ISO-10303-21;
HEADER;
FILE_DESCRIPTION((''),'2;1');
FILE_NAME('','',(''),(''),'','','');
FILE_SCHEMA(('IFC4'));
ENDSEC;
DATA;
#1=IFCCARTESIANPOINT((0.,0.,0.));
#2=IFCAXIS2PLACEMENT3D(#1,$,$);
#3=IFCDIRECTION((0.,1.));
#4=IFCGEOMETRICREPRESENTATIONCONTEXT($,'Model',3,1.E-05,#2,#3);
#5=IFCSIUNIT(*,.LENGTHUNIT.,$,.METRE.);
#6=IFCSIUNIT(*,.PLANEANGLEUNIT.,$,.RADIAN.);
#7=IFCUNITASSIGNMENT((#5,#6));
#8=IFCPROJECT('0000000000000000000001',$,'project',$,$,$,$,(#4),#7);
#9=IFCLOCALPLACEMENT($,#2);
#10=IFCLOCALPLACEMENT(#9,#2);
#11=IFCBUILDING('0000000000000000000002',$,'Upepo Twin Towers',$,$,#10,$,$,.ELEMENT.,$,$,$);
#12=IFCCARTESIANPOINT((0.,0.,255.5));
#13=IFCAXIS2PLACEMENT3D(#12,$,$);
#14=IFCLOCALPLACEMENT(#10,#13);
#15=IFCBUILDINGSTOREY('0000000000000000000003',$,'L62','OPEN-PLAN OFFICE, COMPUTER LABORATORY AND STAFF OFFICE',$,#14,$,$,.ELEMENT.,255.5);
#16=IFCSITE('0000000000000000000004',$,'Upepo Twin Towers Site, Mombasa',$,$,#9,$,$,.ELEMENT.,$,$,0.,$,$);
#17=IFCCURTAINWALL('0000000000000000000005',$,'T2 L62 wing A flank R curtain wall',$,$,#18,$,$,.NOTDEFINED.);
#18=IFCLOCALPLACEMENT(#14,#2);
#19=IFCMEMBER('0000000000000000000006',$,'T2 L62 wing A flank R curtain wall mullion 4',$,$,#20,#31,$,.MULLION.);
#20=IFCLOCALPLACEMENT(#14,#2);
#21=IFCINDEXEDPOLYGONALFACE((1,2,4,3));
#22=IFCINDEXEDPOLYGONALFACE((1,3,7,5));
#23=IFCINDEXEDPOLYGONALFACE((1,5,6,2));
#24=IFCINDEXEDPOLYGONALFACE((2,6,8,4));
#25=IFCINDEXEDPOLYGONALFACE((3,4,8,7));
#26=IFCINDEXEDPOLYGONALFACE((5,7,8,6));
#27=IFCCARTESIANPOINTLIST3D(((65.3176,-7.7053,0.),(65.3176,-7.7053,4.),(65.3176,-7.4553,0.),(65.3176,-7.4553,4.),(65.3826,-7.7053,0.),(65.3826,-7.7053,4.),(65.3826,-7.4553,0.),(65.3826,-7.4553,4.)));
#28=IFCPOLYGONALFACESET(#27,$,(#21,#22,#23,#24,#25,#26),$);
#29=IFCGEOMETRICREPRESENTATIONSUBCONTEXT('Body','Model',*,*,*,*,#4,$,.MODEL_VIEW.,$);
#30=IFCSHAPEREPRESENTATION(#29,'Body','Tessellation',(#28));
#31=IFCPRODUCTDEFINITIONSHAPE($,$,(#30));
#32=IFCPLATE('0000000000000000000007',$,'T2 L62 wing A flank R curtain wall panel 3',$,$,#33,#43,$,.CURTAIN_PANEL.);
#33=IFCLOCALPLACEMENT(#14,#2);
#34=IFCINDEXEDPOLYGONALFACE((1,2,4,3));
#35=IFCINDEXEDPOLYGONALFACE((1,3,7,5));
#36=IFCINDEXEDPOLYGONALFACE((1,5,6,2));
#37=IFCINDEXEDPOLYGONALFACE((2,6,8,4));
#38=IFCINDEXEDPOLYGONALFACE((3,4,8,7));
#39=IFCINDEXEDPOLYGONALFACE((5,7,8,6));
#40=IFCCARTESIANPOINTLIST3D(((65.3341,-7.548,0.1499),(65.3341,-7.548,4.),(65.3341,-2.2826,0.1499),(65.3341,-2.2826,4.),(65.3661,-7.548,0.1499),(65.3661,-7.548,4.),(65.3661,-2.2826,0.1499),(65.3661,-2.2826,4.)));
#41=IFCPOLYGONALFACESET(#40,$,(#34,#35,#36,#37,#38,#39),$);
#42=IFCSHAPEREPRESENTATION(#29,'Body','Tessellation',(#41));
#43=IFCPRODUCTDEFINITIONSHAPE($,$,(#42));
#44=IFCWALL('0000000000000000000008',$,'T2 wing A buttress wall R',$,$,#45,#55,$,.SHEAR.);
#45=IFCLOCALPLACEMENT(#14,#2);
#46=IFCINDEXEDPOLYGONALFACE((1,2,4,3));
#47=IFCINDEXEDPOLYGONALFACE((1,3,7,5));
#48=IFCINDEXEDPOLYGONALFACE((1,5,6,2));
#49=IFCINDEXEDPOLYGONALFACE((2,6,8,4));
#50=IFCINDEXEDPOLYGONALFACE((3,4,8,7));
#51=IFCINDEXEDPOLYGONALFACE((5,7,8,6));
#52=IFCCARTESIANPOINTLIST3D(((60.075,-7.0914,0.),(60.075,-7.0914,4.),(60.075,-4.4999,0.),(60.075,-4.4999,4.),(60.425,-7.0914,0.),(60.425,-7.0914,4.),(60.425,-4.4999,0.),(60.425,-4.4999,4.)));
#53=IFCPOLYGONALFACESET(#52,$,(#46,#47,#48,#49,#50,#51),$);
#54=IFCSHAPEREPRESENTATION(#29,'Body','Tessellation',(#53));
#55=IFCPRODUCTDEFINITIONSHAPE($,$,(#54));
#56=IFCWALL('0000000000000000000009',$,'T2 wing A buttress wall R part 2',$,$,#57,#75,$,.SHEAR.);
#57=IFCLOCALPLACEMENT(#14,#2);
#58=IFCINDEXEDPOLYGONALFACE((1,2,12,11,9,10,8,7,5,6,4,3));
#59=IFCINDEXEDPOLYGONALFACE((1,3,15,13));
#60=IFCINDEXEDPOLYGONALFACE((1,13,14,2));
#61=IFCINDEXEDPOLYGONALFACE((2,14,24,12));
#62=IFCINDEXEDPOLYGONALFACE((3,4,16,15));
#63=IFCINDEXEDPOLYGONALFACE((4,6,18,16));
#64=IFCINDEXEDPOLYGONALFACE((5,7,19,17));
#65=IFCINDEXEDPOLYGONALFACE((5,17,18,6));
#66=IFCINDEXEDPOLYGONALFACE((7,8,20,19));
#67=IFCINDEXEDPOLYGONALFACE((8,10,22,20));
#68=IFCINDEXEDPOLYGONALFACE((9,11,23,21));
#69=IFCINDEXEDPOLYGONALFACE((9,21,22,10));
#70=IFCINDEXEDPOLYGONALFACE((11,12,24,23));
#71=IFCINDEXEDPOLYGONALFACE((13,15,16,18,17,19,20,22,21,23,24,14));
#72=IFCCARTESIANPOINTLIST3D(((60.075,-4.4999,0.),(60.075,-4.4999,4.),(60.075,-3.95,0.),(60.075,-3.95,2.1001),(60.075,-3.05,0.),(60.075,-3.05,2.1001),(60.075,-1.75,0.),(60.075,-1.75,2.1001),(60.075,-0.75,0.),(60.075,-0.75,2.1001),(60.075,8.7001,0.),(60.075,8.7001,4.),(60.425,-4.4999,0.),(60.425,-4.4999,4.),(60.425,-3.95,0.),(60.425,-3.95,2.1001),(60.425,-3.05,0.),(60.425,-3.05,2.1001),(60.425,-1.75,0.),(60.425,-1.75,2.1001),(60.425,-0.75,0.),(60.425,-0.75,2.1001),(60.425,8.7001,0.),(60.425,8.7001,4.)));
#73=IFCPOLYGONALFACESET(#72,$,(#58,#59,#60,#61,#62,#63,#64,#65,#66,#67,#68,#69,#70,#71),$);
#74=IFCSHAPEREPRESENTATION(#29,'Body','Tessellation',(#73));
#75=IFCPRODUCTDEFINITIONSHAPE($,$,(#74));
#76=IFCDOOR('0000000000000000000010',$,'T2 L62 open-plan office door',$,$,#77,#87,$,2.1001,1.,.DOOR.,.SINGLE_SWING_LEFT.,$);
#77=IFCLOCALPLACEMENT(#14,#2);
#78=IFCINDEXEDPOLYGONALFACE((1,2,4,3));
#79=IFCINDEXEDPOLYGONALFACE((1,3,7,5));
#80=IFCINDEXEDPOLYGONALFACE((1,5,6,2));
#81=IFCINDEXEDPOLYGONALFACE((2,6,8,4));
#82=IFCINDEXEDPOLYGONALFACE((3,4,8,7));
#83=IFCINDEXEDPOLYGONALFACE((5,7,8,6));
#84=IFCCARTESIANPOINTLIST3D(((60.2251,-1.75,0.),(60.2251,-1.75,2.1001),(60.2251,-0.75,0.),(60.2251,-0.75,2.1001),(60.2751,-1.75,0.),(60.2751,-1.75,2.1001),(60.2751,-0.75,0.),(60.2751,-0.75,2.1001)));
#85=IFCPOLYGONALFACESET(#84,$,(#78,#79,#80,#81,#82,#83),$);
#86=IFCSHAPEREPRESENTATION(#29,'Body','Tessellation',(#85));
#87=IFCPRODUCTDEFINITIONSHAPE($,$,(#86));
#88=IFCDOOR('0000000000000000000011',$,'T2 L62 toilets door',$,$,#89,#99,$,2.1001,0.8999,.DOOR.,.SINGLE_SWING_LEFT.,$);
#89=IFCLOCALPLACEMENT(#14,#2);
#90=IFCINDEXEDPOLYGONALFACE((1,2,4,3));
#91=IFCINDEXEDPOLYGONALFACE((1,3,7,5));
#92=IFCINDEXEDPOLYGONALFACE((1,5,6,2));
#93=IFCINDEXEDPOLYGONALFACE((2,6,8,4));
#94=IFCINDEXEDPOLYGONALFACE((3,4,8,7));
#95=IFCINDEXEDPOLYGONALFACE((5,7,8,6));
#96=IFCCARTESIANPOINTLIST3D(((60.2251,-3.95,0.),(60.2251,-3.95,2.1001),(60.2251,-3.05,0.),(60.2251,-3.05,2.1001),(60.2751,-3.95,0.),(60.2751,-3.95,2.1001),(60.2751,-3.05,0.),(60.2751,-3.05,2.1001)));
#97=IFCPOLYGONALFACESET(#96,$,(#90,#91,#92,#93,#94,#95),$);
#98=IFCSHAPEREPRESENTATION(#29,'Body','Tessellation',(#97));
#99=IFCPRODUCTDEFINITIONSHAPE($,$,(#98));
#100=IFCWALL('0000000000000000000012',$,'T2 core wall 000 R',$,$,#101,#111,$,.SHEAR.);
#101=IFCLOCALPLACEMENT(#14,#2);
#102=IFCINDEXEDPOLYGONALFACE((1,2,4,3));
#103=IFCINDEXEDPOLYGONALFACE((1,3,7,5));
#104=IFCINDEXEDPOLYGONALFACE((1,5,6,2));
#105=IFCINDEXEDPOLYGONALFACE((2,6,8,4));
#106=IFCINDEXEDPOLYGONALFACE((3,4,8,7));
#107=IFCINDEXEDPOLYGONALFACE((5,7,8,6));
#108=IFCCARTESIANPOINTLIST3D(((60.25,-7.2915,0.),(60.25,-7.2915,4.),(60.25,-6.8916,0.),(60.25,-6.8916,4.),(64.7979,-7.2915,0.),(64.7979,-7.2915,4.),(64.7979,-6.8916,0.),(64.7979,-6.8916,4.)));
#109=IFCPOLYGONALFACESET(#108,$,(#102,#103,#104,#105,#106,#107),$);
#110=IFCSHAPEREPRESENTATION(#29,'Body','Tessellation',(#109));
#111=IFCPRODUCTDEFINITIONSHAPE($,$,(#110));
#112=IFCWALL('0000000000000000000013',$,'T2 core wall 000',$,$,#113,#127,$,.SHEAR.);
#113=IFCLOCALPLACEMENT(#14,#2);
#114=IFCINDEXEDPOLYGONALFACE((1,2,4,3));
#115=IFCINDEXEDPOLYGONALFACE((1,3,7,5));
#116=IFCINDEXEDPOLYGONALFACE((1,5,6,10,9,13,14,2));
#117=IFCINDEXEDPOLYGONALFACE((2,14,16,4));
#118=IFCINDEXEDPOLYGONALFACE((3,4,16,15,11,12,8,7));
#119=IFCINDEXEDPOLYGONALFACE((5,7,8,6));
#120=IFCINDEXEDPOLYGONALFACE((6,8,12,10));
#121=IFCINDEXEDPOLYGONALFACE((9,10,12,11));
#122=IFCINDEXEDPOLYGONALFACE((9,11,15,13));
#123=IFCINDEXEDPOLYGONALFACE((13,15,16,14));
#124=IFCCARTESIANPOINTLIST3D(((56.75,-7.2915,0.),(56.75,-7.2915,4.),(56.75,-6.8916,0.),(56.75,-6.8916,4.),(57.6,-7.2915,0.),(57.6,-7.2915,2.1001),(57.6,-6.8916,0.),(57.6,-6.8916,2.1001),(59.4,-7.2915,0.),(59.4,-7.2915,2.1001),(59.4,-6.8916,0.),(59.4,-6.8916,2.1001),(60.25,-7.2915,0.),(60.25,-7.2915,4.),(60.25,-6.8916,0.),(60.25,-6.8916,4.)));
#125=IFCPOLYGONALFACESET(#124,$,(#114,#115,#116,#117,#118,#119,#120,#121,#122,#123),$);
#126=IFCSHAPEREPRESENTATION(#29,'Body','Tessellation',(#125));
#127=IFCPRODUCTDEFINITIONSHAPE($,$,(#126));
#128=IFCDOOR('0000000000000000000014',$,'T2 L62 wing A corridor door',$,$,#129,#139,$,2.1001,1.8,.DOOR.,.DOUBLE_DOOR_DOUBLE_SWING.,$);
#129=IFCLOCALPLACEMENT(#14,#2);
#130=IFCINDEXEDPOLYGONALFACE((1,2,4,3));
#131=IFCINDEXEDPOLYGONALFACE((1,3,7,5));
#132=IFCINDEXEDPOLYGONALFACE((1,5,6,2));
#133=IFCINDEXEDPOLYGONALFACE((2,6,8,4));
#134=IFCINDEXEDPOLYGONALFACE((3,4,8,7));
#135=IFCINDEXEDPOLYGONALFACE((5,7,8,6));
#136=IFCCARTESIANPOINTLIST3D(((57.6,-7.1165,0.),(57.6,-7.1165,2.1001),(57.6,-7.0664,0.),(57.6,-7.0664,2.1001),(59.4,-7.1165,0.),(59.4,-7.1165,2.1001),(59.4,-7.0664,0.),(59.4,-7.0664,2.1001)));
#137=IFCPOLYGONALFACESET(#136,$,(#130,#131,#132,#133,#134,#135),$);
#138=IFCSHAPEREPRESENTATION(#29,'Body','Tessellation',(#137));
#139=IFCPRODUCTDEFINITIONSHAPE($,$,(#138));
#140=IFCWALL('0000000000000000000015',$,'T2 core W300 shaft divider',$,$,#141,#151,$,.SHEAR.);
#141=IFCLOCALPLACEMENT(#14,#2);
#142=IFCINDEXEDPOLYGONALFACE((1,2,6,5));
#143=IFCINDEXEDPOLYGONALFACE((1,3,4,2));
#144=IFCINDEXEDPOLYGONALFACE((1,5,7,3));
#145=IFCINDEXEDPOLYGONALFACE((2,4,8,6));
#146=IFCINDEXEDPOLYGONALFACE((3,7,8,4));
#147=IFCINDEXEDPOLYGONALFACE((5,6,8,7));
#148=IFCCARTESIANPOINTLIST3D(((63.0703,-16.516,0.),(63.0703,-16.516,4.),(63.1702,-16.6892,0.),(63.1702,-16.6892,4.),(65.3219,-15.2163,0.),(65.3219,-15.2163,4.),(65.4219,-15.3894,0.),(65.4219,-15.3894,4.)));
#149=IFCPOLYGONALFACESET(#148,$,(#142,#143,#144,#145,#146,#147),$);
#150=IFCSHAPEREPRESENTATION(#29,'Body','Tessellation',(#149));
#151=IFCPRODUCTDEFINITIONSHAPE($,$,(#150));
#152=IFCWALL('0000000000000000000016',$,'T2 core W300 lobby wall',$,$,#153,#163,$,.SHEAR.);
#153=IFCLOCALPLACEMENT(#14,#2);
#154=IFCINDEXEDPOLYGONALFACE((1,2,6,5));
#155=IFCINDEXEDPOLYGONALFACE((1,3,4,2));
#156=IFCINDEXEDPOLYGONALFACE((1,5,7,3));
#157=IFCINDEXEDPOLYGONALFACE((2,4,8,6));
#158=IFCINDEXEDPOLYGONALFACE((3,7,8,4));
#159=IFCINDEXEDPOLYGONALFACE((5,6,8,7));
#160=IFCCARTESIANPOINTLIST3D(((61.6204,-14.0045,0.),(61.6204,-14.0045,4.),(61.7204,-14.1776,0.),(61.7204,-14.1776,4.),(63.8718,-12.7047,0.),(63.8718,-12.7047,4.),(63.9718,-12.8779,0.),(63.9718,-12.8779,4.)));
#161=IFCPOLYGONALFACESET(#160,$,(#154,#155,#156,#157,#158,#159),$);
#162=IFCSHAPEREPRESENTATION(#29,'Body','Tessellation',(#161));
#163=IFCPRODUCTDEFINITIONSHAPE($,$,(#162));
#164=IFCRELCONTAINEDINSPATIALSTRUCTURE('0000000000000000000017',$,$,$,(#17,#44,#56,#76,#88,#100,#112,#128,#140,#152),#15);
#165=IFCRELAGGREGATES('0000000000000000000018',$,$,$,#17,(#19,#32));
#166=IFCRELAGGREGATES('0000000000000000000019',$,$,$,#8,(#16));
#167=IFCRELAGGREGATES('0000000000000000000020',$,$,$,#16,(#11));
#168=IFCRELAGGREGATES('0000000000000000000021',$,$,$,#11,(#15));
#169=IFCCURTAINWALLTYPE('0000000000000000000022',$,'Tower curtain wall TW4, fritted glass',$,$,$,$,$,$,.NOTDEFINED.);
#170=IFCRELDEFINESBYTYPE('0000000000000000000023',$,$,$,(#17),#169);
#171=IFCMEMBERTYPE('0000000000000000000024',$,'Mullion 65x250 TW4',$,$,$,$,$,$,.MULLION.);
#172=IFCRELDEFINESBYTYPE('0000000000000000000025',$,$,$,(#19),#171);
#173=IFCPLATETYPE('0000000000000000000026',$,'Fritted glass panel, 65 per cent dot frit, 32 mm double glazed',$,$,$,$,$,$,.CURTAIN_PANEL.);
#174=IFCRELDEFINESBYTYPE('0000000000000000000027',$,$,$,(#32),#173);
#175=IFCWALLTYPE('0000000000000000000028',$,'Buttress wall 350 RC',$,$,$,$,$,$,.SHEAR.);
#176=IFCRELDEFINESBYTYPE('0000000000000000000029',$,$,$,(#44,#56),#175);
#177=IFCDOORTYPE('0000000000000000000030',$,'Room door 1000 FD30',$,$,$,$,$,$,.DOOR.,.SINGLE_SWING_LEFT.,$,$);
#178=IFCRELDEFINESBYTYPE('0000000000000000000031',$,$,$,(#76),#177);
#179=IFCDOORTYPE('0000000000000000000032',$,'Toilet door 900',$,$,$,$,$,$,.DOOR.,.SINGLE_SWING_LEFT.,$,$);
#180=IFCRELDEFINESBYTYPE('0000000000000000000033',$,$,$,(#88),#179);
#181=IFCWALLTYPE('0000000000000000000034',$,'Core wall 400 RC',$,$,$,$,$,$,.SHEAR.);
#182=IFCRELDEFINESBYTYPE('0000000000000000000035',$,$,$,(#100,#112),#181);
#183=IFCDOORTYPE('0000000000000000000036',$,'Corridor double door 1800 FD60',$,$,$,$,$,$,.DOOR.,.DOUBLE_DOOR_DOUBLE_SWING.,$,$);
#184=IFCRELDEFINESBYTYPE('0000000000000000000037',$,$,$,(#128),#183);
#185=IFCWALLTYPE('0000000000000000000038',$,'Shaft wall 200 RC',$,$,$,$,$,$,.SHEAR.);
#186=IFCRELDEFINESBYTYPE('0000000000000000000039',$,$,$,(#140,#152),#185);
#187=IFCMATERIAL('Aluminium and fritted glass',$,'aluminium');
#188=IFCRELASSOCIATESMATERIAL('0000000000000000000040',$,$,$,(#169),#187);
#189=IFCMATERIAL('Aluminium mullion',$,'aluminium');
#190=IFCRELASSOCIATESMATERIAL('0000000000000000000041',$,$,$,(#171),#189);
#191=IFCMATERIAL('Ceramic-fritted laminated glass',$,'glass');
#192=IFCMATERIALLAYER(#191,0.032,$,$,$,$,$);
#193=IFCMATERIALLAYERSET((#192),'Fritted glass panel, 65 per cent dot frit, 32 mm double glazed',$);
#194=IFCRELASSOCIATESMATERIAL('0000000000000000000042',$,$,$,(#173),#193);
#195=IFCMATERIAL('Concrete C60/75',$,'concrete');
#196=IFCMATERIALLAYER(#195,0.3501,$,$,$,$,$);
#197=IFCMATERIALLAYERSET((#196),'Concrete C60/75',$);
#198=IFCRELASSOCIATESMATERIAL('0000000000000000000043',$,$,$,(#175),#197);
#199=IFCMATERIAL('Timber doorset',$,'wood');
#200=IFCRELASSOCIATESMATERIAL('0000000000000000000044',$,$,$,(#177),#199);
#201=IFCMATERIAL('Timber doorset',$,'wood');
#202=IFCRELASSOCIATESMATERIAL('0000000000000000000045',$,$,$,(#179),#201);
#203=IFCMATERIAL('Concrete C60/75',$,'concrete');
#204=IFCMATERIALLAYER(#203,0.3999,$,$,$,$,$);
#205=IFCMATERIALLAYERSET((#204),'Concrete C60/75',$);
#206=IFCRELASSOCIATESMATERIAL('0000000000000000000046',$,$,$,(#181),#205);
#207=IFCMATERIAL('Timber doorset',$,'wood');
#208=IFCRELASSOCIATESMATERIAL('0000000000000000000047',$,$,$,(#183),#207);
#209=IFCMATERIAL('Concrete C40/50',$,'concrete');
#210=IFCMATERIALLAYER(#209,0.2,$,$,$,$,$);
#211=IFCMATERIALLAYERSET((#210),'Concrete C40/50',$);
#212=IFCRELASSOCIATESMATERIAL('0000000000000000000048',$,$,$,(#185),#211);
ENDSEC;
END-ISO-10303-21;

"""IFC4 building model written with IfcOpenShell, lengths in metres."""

from ifc_helpers import new_model, si_unit, direction, frame, frame_2d, origin, origin_2d, place, context, subcontext, project, spatial, rectangle, extrude, material, layer, layer_set, material_profile, profile_set, type_object, element, fill, aggregate, save


model = new_model("IFC4")

# Units and contexts
model_context = context("Model", 3, precision=1e-05, world=origin(), true_north=direction((0.0, 1.0)))
body_context = subcontext(model_context, "Body", "Model", "MODEL_VIEW")
ifc_project = project(units=[si_unit("LENGTHUNIT", "METRE"), si_unit("PLANEANGLEUNIT", "RADIAN")], contexts=[model_context])

# Site, building, storey
site_placement = place(None, origin())
site = spatial("IfcSite", under=ifc_project, at=site_placement, Name="Upepo Twin Towers Site, Mombasa", CompositionType="ELEMENT", RefElevation=0.0)
building_placement = place(site_placement, origin())
building = spatial("IfcBuilding", under=site, at=building_placement, Name="Upepo Twin Towers", CompositionType="ELEMENT")
storey_placement = place(building_placement, frame((0.0, 0.0, 255.5)))
storey = spatial("IfcBuildingStorey", under=building, at=storey_placement, Name="L62", Description="OPEN-PLAN OFFICE, COMPUTER LABORATORY AND STAFF OFFICE", CompositionType="ELEMENT", Elevation=255.5)

# Curtain wall, member, plate
ifc_material_1 = material(Name="Aluminium and fritted glass", Category="aluminium")
curtain_wall_type = type_object("IfcCurtainWallType", Name="Tower curtain wall TW4, fritted glass", PredefinedType="NOTDEFINED", material=ifc_material_1)
curtain_wall_placement = place(storey_placement, origin())
curtain_wall = element("IfcCurtainWall", 1, at=curtain_wall_placement, inside=storey, type_object=curtain_wall_type, Name="T2 L62 wing A flank R curtain wall", PredefinedType="NOTDEFINED")
ifc_material_2 = material(Name="Aluminium mullion", Category="aluminium")
ifc_material_profile = material_profile(ifc_material_2, rectangle(XDim=0.0649, YDim=0.25, at=origin_2d()), Name="MULLION 65x250")
ifc_profile_set = profile_set([ifc_material_profile], Name="Aluminium mullion")
member_type = type_object("IfcMemberType", Name="Mullion 65x250 TW4", PredefinedType="MULLION", material=ifc_profile_set)
member_placement = place(storey_placement, frame((65.3501, -7.5803, 0.0), z_axis=(0.0, 0.0, 1.0), x_axis=(1.0, 0.0, 0.0)))
member = element("IfcMember", 2, at=member_placement, type_object=member_type, Name="T2 L62 wing A flank R curtain wall mullion 4", PredefinedType="MULLION", context=body_context, shape_type="SweptSolid", body=[
    extrude(rectangle(XDim=0.0649, YDim=0.25, at=origin_2d()), origin(), (0.0, 0.0, 1.0), 4.0),
])
ifc_material_3 = material(Name="Ceramic-fritted laminated glass", Category="glass")
ifc_layer_1 = layer(ifc_material_3, 0.032)
ifc_layer_set_1 = layer_set([ifc_layer_1], Name="Fritted glass panel, 65 per cent dot frit, 32 mm double glazed")
plate_type = type_object("IfcPlateType", Name="Fritted glass panel, 65 per cent dot frit, 32 mm double glazed", PredefinedType="CURTAIN_PANEL", material=ifc_layer_set_1)
plate_placement = place(storey_placement, frame((65.3501, -4.9153, 0.1499), z_axis=(0.0, 0.0, 1.0), x_axis=(0.0, -1.0, 0.0)))
plate = element("IfcPlate", 3, at=plate_placement, type_object=plate_type, Name="T2 L62 wing A flank R curtain wall panel 3", PredefinedType="CURTAIN_PANEL", context=body_context, shape_type="SweptSolid", body=[
    extrude(rectangle(XDim=5.2654, YDim=0.032, at=origin_2d()), origin(), (0.0, 0.0, 1.0), 3.8501),
])
aggregate(curtain_wall, [member, plate])

# Wall
ifc_material_4 = material(Name="Concrete C60/75", Category="concrete")
ifc_layer_2 = layer(ifc_material_4, 0.3501)
ifc_layer_set_2 = layer_set([ifc_layer_2], Name="Concrete C60/75")
wall_type_1 = type_object("IfcWallType", Name="Buttress wall 350 RC", PredefinedType="SHEAR", material=ifc_layer_set_2)
wall_1_placement = place(storey_placement, frame((60.25, -7.0916, 0.0), z_axis=(0.0, 0.0, 1.0), x_axis=(0.0, 1.0, 0.0)))
element("IfcWall", 4, at=wall_1_placement, inside=storey, type_object=wall_type_1, Name="T2 wing A buttress wall R", PredefinedType="SHEAR", context=body_context, shape_type="SweptSolid", body=[
    extrude(rectangle(XDim=2.5916, YDim=0.3501, at=frame_2d((1.2959, 0.0))), origin(), (0.0, 0.0, 1.0), 4.0),
])

# Wall, openings, doors
wall_2_placement = place(storey_placement, frame((60.25, -4.5, 0.0), z_axis=(0.0, 0.0, 1.0), x_axis=(0.0, 1.0, 0.0)))
wall_2 = element("IfcWall", 5, at=wall_2_placement, inside=storey, type_object=wall_type_1, Name="T2 wing A buttress wall R part 2", PredefinedType="SHEAR", context=body_context, shape_type="SweptSolid", body=[
    extrude(rectangle(XDim=13.2, YDim=0.3501, at=frame_2d((6.6001, 0.0))), origin(), (0.0, 0.0, 1.0), 4.0),
])
opening_1_placement = place(wall_2_placement, frame((0.55, 0.0, 0.0)))
opening_1 = element("IfcOpeningElement", 6, at=opening_1_placement, cuts=wall_2, PredefinedType="OPENING", context=body_context, shape_type="SweptSolid", body=[
    extrude(rectangle(XDim=0.8999, YDim=2.1001, at=frame_2d((0.45, 1.05))), frame((0.0, 0.1851, 0.0), z_axis=(0.0, -1.0, 0.0), x_axis=(1.0, 0.0, 0.0)), (0.0, 0.0, 1.0), 0.3701),
])
opening_2_placement = place(wall_2_placement, frame((2.75, 0.0, 0.0)))
opening_2 = element("IfcOpeningElement", 7, at=opening_2_placement, cuts=wall_2, PredefinedType="OPENING", context=body_context, shape_type="SweptSolid", body=[
    extrude(rectangle(XDim=1.0, YDim=2.1001, at=frame_2d((0.5, 1.05))), frame((0.0, 0.1851, 0.0), z_axis=(0.0, -1.0, 0.0), x_axis=(1.0, 0.0, 0.0)), (0.0, 0.0, 1.0), 0.3701),
])
ifc_material_5 = material(Name="Timber doorset", Category="wood")
door_type_1 = type_object("IfcDoorType", Name="Room door 1000 FD30", OperationType="SINGLE_SWING_LEFT", PredefinedType="DOOR", material=ifc_material_5)
door_1_placement = place(opening_2_placement, origin())
door_1 = element("IfcDoor", 8, at=door_1_placement, inside=storey, type_object=door_type_1, Name="T2 L62 open-plan office door", OperationType="SINGLE_SWING_LEFT", OverallHeight=2.1001, OverallWidth=1.0, PredefinedType="DOOR", context=body_context, shape_type="SweptSolid", body=[
    extrude(rectangle(XDim=1.0, YDim=2.1001, at=frame_2d((0.5, 1.05))), frame((0.0, 0.0249, 0.0), z_axis=(0.0, -1.0, 0.0), x_axis=(1.0, 0.0, 0.0)), (0.0, 0.0, 1.0), 0.05),
])
fill(opening_2, door_1)
ifc_material_6 = material(Name="Timber doorset", Category="wood")
door_type_2 = type_object("IfcDoorType", Name="Toilet door 900", OperationType="SINGLE_SWING_LEFT", PredefinedType="DOOR", material=ifc_material_6)
door_2_placement = place(opening_1_placement, origin())
door_2 = element("IfcDoor", 9, at=door_2_placement, inside=storey, type_object=door_type_2, Name="T2 L62 toilets door", OperationType="SINGLE_SWING_LEFT", OverallHeight=2.1001, OverallWidth=0.8999, PredefinedType="DOOR", context=body_context, shape_type="SweptSolid", body=[
    extrude(rectangle(XDim=0.8999, YDim=2.1001, at=frame_2d((0.45, 1.05))), frame((0.0, 0.0249, 0.0), z_axis=(0.0, -1.0, 0.0), x_axis=(1.0, 0.0, 0.0)), (0.0, 0.0, 1.0), 0.05),
])
fill(opening_1, door_2)

# Wall
ifc_material_7 = material(Name="Concrete C60/75", Category="concrete")
ifc_layer_3 = layer(ifc_material_7, 0.3999)
ifc_layer_set_3 = layer_set([ifc_layer_3], Name="Concrete C60/75")
wall_type_2 = type_object("IfcWallType", Name="Core wall 400 RC", PredefinedType="SHEAR", material=ifc_layer_set_3)
wall_3_placement = place(storey_placement, frame((64.7979, -7.0916, 0.0), z_axis=(0.0, 0.0, 1.0), x_axis=(-1.0, 0.0, 0.0)))
element("IfcWall", 10, at=wall_3_placement, inside=storey, type_object=wall_type_2, Name="T2 core wall 000 R", PredefinedType="SHEAR", context=body_context, shape_type="SweptSolid", body=[
    extrude(rectangle(XDim=4.5479, YDim=0.3999, at=frame_2d((2.2739, 0.0))), origin(), (0.0, 0.0, 1.0), 4.0),
])

# Wall, opening, door
wall_4_placement = place(storey_placement, frame((60.25, -7.0916, 0.0), z_axis=(0.0, 0.0, 1.0), x_axis=(-1.0, 0.0, 0.0)))
wall_4 = element("IfcWall", 11, at=wall_4_placement, inside=storey, type_object=wall_type_2, Name="T2 core wall 000", PredefinedType="SHEAR", context=body_context, shape_type="SweptSolid", body=[
    extrude(rectangle(XDim=3.5, YDim=0.3999, at=frame_2d((1.75, 0.0))), origin(), (0.0, 0.0, 1.0), 4.0),
])
opening_3_placement = place(wall_4_placement, frame((0.8501, 0.0, 0.0)))
opening_3 = element("IfcOpeningElement", 12, at=opening_3_placement, cuts=wall_4, PredefinedType="OPENING", context=body_context, shape_type="SweptSolid", body=[
    extrude(rectangle(XDim=1.8, YDim=2.1001, at=frame_2d((0.8999, 1.05))), frame((0.0, 0.21, 0.0), z_axis=(0.0, -1.0, 0.0), x_axis=(1.0, 0.0, 0.0)), (0.0, 0.0, 1.0), 0.4199),
])
ifc_material_8 = material(Name="Timber doorset", Category="wood")
door_type_3 = type_object("IfcDoorType", Name="Corridor double door 1800 FD60", OperationType="DOUBLE_DOOR_DOUBLE_SWING", PredefinedType="DOOR", material=ifc_material_8)
door_3_placement = place(opening_3_placement, origin())
door_3 = element("IfcDoor", 13, at=door_3_placement, inside=storey, type_object=door_type_3, Name="T2 L62 wing A corridor door", OperationType="DOUBLE_DOOR_DOUBLE_SWING", OverallHeight=2.1001, OverallWidth=1.8, PredefinedType="DOOR", context=body_context, shape_type="SweptSolid", body=[
    extrude(rectangle(XDim=1.8, YDim=2.1001, at=frame_2d((0.8999, 1.05))), frame((0.0, 0.0249, 0.0), z_axis=(0.0, -1.0, 0.0), x_axis=(1.0, 0.0, 0.0)), (0.0, 0.0, 1.0), 0.05),
])
fill(opening_3, door_3)

# Walls
ifc_material_9 = material(Name="Concrete C40/50", Category="concrete")
ifc_layer_4 = layer(ifc_material_9, 0.2)
ifc_layer_set_4 = layer_set([ifc_layer_4], Name="Concrete C40/50")
wall_type_3 = type_object("IfcWallType", Name="Shaft wall 200 RC", PredefinedType="SHEAR", material=ifc_layer_set_4)
wall_5_placement = place(storey_placement, frame((63.1204, -16.6025, 0.0), z_axis=(0.0, 0.0, 1.0), x_axis=(0.866062, 0.499937, 0.0)))
element("IfcWall", 14, at=wall_5_placement, inside=storey, type_object=wall_type_3, Name="T2 core W300 shaft divider", PredefinedType="SHEAR", context=body_context, shape_type="SweptSolid", body=[
    extrude(rectangle(XDim=2.5999, YDim=0.2, at=frame_2d((1.2998, 0.0))), origin(), (0.0, 0.0, 1.0), 4.0),
])
wall_6_placement = place(storey_placement, frame((61.6704, -14.0911, 0.0), z_axis=(0.0, 0.0, 1.0), x_axis=(0.866039, 0.499977, 0.0)))
element("IfcWall", 15, at=wall_6_placement, inside=storey, type_object=wall_type_3, Name="T2 core W300 lobby wall", PredefinedType="SHEAR", context=body_context, shape_type="SweptSolid", body=[
    extrude(rectangle(XDim=2.5996, YDim=0.2, at=frame_2d((1.2998, 0.0))), origin(), (0.0, 0.0, 1.0), 4.0),
])

save(model, "model.ifc")
